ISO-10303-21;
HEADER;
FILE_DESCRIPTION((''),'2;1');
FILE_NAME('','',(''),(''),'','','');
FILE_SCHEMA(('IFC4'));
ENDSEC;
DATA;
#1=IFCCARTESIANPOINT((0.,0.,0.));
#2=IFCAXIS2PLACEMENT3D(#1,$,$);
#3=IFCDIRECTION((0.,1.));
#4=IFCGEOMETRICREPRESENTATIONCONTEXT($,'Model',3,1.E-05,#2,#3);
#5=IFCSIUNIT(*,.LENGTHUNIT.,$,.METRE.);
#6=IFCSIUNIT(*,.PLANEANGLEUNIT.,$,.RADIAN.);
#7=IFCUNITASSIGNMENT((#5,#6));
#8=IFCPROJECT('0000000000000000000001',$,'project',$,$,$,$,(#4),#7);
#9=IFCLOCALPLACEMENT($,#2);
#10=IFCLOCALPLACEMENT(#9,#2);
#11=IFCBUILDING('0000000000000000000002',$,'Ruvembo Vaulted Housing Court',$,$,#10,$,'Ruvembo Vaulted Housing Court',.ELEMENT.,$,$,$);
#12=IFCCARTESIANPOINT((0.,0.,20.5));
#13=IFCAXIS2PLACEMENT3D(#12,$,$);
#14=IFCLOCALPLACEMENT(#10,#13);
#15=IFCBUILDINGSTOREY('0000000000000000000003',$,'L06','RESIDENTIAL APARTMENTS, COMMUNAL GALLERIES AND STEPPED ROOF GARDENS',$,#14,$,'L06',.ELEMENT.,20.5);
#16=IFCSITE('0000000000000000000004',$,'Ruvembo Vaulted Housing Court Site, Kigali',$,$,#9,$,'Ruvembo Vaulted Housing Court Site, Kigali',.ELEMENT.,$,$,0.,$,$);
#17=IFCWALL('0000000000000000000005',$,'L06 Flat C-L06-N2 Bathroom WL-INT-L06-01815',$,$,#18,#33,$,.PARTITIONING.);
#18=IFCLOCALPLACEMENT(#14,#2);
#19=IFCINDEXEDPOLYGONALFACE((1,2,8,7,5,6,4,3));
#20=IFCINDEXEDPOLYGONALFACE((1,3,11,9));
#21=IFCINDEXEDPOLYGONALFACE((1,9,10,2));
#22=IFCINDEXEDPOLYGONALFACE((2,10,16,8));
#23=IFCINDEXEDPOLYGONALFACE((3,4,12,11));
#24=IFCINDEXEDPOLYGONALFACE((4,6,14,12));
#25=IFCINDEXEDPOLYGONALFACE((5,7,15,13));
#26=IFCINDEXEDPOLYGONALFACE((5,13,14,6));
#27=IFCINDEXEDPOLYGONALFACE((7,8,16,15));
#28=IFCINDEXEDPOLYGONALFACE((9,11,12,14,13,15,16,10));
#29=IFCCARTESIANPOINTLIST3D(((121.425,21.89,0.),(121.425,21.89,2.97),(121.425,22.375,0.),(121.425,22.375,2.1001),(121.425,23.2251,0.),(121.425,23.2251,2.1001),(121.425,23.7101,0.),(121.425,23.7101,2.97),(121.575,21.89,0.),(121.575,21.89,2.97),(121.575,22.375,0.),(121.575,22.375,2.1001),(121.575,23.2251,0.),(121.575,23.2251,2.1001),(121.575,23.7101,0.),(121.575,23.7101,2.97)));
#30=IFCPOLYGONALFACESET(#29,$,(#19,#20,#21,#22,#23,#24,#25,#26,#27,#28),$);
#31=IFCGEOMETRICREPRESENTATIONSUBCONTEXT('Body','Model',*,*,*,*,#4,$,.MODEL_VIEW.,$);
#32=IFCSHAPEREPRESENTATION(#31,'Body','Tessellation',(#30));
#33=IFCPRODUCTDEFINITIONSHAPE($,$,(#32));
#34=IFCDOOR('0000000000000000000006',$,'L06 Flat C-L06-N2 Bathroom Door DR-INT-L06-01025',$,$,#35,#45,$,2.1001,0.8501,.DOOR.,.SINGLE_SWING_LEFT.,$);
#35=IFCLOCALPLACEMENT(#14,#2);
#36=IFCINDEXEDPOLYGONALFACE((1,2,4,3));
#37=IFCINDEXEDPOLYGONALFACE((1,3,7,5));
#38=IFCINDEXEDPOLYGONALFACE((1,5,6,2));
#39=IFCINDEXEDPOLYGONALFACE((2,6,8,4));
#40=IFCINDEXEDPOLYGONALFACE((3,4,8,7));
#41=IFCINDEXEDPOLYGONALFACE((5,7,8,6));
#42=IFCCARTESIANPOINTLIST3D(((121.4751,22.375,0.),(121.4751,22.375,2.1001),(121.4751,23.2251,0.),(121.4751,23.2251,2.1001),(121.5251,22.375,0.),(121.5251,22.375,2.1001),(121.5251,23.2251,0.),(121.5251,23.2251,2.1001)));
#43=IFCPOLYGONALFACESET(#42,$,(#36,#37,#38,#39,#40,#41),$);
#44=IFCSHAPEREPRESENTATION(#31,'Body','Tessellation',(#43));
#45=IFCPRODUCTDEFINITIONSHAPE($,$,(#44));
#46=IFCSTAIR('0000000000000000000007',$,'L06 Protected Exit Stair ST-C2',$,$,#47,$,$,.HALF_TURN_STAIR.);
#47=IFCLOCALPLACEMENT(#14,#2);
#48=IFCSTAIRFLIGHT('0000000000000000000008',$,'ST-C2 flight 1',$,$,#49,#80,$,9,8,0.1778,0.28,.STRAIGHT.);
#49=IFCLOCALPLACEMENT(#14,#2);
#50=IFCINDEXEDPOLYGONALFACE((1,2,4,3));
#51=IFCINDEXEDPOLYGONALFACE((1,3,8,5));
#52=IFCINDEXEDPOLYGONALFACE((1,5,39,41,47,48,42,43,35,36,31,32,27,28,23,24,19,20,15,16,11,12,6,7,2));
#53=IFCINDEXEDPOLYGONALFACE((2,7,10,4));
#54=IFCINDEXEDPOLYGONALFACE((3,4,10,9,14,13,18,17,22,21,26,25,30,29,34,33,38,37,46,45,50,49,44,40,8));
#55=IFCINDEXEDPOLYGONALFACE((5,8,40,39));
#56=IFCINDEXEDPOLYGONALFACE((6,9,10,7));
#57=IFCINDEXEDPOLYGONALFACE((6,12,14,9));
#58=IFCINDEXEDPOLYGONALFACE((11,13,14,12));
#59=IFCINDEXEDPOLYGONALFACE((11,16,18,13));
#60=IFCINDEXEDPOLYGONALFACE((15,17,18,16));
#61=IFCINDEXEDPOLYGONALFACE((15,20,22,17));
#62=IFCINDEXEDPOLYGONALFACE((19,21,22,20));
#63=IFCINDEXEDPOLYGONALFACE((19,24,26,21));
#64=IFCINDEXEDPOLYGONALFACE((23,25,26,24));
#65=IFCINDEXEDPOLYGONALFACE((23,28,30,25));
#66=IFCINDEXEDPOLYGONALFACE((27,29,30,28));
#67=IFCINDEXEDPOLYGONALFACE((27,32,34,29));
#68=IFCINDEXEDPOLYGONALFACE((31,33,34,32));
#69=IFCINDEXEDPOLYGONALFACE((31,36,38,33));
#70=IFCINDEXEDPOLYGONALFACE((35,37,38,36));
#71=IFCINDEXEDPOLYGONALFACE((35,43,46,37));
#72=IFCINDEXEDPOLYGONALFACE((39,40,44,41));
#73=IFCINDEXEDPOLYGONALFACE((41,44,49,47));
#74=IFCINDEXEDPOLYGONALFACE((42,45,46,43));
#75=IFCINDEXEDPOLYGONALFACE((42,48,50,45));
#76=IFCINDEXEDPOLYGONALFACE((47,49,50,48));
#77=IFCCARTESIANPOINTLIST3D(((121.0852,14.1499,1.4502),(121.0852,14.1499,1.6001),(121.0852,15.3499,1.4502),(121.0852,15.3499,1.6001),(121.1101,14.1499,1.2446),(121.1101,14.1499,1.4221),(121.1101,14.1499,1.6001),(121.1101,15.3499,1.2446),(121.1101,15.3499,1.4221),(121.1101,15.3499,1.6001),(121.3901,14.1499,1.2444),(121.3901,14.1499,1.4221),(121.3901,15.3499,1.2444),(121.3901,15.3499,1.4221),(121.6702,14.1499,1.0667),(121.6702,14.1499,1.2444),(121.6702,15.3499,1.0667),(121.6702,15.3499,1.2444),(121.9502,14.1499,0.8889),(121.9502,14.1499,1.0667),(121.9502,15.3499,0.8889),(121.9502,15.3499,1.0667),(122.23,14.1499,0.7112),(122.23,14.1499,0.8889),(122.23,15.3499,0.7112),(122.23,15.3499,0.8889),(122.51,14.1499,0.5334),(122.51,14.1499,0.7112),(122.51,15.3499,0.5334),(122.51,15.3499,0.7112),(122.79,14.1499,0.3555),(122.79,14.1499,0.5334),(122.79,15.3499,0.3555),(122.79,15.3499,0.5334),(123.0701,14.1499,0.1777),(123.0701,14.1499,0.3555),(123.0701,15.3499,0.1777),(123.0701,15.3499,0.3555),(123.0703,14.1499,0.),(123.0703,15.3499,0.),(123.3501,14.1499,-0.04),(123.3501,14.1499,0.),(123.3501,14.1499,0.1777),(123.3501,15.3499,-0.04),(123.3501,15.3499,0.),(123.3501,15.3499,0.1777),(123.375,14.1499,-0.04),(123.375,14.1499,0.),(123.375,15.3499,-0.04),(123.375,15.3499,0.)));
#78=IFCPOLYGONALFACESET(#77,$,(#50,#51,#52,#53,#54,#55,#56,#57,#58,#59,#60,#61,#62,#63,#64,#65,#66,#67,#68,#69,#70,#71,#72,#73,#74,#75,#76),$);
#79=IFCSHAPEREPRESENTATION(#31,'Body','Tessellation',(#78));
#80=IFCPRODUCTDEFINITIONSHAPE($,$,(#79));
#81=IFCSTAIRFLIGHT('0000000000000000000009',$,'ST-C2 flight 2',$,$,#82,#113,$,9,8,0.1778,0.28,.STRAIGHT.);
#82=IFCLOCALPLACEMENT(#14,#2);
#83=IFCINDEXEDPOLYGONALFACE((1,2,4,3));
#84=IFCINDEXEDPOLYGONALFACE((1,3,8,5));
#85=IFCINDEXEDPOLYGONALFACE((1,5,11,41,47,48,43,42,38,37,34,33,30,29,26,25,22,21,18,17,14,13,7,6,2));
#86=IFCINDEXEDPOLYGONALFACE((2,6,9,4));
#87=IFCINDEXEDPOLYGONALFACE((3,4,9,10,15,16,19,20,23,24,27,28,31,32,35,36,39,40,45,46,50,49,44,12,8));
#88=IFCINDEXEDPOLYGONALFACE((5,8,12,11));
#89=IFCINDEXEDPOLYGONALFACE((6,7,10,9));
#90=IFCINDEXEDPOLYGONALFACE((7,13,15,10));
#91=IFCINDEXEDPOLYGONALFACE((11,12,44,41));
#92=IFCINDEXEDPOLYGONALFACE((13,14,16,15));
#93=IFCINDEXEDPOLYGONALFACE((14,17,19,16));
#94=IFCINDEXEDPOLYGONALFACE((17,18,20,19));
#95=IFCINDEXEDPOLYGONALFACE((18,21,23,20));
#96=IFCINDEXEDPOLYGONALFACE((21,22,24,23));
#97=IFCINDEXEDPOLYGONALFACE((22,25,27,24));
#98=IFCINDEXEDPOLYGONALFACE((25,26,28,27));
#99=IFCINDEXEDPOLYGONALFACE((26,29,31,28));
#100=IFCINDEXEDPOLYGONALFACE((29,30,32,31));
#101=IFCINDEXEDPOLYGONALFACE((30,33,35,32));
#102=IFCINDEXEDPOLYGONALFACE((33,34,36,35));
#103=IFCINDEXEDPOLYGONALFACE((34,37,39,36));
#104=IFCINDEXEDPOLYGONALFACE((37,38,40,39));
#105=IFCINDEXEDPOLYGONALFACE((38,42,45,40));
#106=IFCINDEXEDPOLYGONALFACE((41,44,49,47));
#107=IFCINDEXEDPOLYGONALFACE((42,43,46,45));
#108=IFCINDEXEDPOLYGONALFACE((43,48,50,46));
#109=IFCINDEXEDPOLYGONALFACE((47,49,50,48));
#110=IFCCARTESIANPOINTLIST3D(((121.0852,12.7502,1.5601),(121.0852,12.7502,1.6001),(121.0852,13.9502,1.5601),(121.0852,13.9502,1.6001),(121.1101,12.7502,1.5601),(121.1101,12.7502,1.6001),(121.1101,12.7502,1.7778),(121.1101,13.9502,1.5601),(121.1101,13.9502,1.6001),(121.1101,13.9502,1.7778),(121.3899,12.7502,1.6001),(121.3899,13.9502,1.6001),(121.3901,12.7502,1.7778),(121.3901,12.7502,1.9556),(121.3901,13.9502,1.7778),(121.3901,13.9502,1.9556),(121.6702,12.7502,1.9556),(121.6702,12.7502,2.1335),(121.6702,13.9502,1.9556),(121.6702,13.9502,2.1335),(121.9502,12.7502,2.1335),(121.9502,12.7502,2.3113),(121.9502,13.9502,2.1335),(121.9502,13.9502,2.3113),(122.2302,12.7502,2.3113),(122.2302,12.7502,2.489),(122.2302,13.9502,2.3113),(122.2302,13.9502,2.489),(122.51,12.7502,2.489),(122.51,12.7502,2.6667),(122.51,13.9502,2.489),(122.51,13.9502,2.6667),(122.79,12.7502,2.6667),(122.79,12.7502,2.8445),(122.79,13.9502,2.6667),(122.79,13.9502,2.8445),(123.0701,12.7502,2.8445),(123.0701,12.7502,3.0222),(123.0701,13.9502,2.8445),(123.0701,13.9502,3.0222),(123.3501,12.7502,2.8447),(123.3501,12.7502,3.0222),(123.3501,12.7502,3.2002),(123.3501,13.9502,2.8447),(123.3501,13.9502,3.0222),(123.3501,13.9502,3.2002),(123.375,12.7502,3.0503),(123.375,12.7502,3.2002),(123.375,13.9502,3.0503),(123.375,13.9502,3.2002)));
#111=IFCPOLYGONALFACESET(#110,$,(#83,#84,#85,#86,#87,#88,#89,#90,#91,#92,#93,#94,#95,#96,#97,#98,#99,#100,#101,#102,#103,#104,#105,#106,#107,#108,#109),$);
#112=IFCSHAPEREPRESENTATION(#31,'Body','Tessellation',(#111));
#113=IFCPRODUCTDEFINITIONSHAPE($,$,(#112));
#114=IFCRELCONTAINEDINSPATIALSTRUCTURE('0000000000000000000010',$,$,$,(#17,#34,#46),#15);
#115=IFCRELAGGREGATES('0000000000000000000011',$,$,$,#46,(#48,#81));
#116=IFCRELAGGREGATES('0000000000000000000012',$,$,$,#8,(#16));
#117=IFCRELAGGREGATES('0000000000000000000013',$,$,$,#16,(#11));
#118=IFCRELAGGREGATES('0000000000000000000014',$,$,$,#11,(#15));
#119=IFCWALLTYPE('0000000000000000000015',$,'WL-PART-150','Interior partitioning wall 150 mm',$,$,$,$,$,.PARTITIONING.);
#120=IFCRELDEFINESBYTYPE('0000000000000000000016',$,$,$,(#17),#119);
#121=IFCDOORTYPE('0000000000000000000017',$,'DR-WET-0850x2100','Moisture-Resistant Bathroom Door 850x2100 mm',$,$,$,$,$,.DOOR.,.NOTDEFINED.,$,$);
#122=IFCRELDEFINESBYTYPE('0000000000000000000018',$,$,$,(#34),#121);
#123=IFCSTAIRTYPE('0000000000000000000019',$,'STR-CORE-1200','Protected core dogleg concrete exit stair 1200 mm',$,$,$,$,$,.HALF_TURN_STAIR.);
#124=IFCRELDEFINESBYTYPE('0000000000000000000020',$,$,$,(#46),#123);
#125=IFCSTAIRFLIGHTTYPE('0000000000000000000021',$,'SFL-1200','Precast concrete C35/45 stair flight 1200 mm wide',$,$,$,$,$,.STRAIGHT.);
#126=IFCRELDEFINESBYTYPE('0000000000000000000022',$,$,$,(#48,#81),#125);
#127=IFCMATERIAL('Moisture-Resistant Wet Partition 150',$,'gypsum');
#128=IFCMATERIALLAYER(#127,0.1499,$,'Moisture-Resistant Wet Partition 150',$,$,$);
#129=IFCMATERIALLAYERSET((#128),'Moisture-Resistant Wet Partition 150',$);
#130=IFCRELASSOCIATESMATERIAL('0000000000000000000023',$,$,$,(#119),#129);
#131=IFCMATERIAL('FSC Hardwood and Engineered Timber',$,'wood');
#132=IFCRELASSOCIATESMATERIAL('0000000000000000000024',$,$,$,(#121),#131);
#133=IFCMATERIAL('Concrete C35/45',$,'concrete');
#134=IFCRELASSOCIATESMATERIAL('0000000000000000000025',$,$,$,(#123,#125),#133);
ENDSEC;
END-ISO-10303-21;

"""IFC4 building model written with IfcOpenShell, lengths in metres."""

from ifc_helpers import new_model, si_unit, direction, frame, frame_2d, origin, place, context, subcontext, project, spatial, polyline, rectangle, outline, extrude, material, layer, layer_set, type_object, element, fill, aggregate, save


model = new_model("IFC4")

# Units and contexts
model_context = context("Model", 3, precision=1e-05, world=origin(), true_north=direction((0.0, 1.0)))
body_context = subcontext(model_context, "Body", "Model", "MODEL_VIEW")
ifc_project = project(units=[si_unit("LENGTHUNIT", "METRE"), si_unit("PLANEANGLEUNIT", "RADIAN")], contexts=[model_context])

# Site, building, storey
site_placement = place(None, origin())
site = spatial("IfcSite", under=ifc_project, at=site_placement, Name="Ruvembo Vaulted Housing Court Site, Kigali", LongName="Ruvembo Vaulted Housing Court Site, Kigali", CompositionType="ELEMENT", RefElevation=0.0)
building_placement = place(site_placement, origin())
building = spatial("IfcBuilding", under=site, at=building_placement, Name="Ruvembo Vaulted Housing Court", LongName="Ruvembo Vaulted Housing Court", CompositionType="ELEMENT")
storey_placement = place(building_placement, frame((0.0, 0.0, 20.5)))
storey = spatial("IfcBuildingStorey", under=building, at=storey_placement, Name="L06", Description="RESIDENTIAL APARTMENTS, COMMUNAL GALLERIES AND STEPPED ROOF GARDENS", LongName="L06", CompositionType="ELEMENT", Elevation=20.5)

# Shared definitions
ifc_material_1 = material(Name="Concrete C35/45", Category="concrete")

# Shared definitions
ifc_material_2 = material(Name="FSC Hardwood and Engineered Timber", Category="wood")

# Wall, opening, door
ifc_material_3 = material(Name="Moisture-Resistant Wet Partition 150", Category="gypsum")
ifc_layer_1 = layer(ifc_material_3, 0.1499, Name="Moisture-Resistant Wet Partition 150")
ifc_layer_set_1 = layer_set([ifc_layer_1], Name="Moisture-Resistant Wet Partition 150")
wall_type_1 = type_object("IfcWallType", Name="WL-PART-150", Description="Interior partitioning wall 150 mm", PredefinedType="PARTITIONING", material=ifc_layer_set_1)
wall_1_placement = place(storey_placement, frame((121.5, 21.8899, 0.0), z_axis=(0.0, 0.0, 1.0), x_axis=(0.0, 1.0, 0.0)))
wall_1 = element("IfcWall", 1, at=wall_1_placement, inside=storey, type_object=wall_type_1, Name="L06 Flat C-L06-N2 Bathroom WL-INT-L06-01815", PredefinedType="PARTITIONING", context=body_context, shape_type="SweptSolid", body=[
    extrude(rectangle(XDim=1.8201, YDim=0.1499, at=frame_2d((0.9102, 0.0))), origin(), (0.0, 0.0, 1.0), 2.97),
])
opening_1_placement = place(wall_1_placement, frame((0.4851, 0.0, 0.0)))
opening_1 = element("IfcOpeningElement", 2, at=opening_1_placement, cuts=wall_1, PredefinedType="OPENING", context=body_context, shape_type="SweptSolid", body=[
    extrude(rectangle(XDim=0.8501, YDim=2.1001, at=frame_2d((0.425, 1.05))), frame((0.0, 0.085, 0.0), z_axis=(0.0, -1.0, 0.0), x_axis=(1.0, 0.0, 0.0)), (0.0, 0.0, 1.0), 0.1699),
])
door_type_1 = type_object("IfcDoorType", Name="DR-WET-0850x2100", Description="Moisture-Resistant Bathroom Door 850x2100 mm", OperationType="NOTDEFINED", PredefinedType="DOOR", material=ifc_material_2)
door_1_placement = place(opening_1_placement, origin())
door_1 = element("IfcDoor", 3, at=door_1_placement, inside=storey, type_object=door_type_1, Name="L06 Flat C-L06-N2 Bathroom Door DR-INT-L06-01025", OperationType="SINGLE_SWING_LEFT", OverallHeight=2.1001, OverallWidth=0.8501, PredefinedType="DOOR", context=body_context, shape_type="SweptSolid", body=[
    extrude(rectangle(XDim=0.8501, YDim=2.1001, at=frame_2d((0.425, 1.05))), frame((0.0, 0.0249, 0.0), z_axis=(0.0, -1.0, 0.0), x_axis=(1.0, 0.0, 0.0)), (0.0, 0.0, 1.0), 0.05),
])
fill(opening_1, door_1)

# Stair, stair flights
stair_type = type_object("IfcStairType", Name="STR-CORE-1200", Description="Protected core dogleg concrete exit stair 1200 mm", PredefinedType="HALF_TURN_STAIR", material=ifc_material_1)
stair_placement = place(storey_placement, origin())
stair = element("IfcStair", 4, at=stair_placement, inside=storey, type_object=stair_type, Name="L06 Protected Exit Stair ST-C2", PredefinedType="HALF_TURN_STAIR")
stair_flight_type = type_object("IfcStairFlightType", Name="SFL-1200", Description="Precast concrete C35/45 stair flight 1200 mm wide", PredefinedType="STRAIGHT", material=ifc_material_1)
stair_flight_1_placement = place(storey_placement, frame((123.3501, 14.75, 0.0), z_axis=(0.0, 0.0, 1.0), x_axis=(-1.0, 0.0, 0.0)))
stair_flight_1 = element("IfcStairFlight", 5, at=stair_flight_1_placement, type_object=stair_flight_type, Name="ST-C2 flight 1", NumberOfRisers=9, NumberOfTreads=8, PredefinedType="STRAIGHT", RiserHeight=0.1778, TreadLength=0.28, context=body_context, shape_type="SweptSolid", body=[
    extrude(outline(polyline([(-0.0249, -0.04), (-0.0249, 0.0), (0.0, 0.0), (0.0, 0.1777), (0.28, 0.1777), (0.28, 0.3555), (0.5601, 0.3555), (0.5601, 0.5334), (0.8401, 0.5334), (0.8401, 0.7112), (1.1201, 0.7112), (1.1201, 0.8889), (1.3999, 0.8889), (1.3999, 1.0667), (1.6799, 1.0667), (1.6799, 1.2444), (1.96, 1.2444), (1.96, 1.4221), (2.24, 1.4221), (2.24, 1.6001), (2.2649, 1.6001), (2.2649, 1.4502), (2.24, 1.2446), (0.2798, 0.0), (0.0, -0.04), (-0.0249, -0.04)])), frame((0.0, 0.6001, 0.0), z_axis=(0.0, -1.0, 0.0), x_axis=(1.0, 0.0, 0.0)), (0.0, 0.0, 1.0), 1.2),
])
stair_flight_2_placement = place(storey_placement, frame((121.1101, 13.3501, 1.6001), z_axis=(0.0, 0.0, 1.0), x_axis=(1.0, 0.0, 0.0)))
stair_flight_2 = element("IfcStairFlight", 6, at=stair_flight_2_placement, type_object=stair_flight_type, Name="ST-C2 flight 2", NumberOfRisers=9, NumberOfTreads=8, PredefinedType="STRAIGHT", RiserHeight=0.1778, TreadLength=0.28, context=body_context, shape_type="SweptSolid", body=[
    extrude(outline(polyline([(-0.0249, -0.04), (-0.0249, 0.0), (0.0, 0.0), (0.0, 0.1777), (0.28, 0.1777), (0.28, 0.3555), (0.5601, 0.3555), (0.5601, 0.5334), (0.8401, 0.5334), (0.8401, 0.7112), (1.1201, 0.7112), (1.1201, 0.8889), (1.3999, 0.8889), (1.3999, 1.0667), (1.6799, 1.0667), (1.6799, 1.2444), (1.96, 1.2444), (1.96, 1.4221), (2.24, 1.4221), (2.24, 1.6001), (2.2649, 1.6001), (2.2649, 1.4502), (2.24, 1.2446), (0.2798, 0.0), (0.0, -0.04), (-0.0249, -0.04)])), frame((0.0, 0.6001, 0.0), z_axis=(0.0, -1.0, 0.0), x_axis=(1.0, 0.0, 0.0)), (0.0, 0.0, 1.0), 1.2),
])
aggregate(stair, [stair_flight_1, stair_flight_2])

save(model, "model.ifc")
